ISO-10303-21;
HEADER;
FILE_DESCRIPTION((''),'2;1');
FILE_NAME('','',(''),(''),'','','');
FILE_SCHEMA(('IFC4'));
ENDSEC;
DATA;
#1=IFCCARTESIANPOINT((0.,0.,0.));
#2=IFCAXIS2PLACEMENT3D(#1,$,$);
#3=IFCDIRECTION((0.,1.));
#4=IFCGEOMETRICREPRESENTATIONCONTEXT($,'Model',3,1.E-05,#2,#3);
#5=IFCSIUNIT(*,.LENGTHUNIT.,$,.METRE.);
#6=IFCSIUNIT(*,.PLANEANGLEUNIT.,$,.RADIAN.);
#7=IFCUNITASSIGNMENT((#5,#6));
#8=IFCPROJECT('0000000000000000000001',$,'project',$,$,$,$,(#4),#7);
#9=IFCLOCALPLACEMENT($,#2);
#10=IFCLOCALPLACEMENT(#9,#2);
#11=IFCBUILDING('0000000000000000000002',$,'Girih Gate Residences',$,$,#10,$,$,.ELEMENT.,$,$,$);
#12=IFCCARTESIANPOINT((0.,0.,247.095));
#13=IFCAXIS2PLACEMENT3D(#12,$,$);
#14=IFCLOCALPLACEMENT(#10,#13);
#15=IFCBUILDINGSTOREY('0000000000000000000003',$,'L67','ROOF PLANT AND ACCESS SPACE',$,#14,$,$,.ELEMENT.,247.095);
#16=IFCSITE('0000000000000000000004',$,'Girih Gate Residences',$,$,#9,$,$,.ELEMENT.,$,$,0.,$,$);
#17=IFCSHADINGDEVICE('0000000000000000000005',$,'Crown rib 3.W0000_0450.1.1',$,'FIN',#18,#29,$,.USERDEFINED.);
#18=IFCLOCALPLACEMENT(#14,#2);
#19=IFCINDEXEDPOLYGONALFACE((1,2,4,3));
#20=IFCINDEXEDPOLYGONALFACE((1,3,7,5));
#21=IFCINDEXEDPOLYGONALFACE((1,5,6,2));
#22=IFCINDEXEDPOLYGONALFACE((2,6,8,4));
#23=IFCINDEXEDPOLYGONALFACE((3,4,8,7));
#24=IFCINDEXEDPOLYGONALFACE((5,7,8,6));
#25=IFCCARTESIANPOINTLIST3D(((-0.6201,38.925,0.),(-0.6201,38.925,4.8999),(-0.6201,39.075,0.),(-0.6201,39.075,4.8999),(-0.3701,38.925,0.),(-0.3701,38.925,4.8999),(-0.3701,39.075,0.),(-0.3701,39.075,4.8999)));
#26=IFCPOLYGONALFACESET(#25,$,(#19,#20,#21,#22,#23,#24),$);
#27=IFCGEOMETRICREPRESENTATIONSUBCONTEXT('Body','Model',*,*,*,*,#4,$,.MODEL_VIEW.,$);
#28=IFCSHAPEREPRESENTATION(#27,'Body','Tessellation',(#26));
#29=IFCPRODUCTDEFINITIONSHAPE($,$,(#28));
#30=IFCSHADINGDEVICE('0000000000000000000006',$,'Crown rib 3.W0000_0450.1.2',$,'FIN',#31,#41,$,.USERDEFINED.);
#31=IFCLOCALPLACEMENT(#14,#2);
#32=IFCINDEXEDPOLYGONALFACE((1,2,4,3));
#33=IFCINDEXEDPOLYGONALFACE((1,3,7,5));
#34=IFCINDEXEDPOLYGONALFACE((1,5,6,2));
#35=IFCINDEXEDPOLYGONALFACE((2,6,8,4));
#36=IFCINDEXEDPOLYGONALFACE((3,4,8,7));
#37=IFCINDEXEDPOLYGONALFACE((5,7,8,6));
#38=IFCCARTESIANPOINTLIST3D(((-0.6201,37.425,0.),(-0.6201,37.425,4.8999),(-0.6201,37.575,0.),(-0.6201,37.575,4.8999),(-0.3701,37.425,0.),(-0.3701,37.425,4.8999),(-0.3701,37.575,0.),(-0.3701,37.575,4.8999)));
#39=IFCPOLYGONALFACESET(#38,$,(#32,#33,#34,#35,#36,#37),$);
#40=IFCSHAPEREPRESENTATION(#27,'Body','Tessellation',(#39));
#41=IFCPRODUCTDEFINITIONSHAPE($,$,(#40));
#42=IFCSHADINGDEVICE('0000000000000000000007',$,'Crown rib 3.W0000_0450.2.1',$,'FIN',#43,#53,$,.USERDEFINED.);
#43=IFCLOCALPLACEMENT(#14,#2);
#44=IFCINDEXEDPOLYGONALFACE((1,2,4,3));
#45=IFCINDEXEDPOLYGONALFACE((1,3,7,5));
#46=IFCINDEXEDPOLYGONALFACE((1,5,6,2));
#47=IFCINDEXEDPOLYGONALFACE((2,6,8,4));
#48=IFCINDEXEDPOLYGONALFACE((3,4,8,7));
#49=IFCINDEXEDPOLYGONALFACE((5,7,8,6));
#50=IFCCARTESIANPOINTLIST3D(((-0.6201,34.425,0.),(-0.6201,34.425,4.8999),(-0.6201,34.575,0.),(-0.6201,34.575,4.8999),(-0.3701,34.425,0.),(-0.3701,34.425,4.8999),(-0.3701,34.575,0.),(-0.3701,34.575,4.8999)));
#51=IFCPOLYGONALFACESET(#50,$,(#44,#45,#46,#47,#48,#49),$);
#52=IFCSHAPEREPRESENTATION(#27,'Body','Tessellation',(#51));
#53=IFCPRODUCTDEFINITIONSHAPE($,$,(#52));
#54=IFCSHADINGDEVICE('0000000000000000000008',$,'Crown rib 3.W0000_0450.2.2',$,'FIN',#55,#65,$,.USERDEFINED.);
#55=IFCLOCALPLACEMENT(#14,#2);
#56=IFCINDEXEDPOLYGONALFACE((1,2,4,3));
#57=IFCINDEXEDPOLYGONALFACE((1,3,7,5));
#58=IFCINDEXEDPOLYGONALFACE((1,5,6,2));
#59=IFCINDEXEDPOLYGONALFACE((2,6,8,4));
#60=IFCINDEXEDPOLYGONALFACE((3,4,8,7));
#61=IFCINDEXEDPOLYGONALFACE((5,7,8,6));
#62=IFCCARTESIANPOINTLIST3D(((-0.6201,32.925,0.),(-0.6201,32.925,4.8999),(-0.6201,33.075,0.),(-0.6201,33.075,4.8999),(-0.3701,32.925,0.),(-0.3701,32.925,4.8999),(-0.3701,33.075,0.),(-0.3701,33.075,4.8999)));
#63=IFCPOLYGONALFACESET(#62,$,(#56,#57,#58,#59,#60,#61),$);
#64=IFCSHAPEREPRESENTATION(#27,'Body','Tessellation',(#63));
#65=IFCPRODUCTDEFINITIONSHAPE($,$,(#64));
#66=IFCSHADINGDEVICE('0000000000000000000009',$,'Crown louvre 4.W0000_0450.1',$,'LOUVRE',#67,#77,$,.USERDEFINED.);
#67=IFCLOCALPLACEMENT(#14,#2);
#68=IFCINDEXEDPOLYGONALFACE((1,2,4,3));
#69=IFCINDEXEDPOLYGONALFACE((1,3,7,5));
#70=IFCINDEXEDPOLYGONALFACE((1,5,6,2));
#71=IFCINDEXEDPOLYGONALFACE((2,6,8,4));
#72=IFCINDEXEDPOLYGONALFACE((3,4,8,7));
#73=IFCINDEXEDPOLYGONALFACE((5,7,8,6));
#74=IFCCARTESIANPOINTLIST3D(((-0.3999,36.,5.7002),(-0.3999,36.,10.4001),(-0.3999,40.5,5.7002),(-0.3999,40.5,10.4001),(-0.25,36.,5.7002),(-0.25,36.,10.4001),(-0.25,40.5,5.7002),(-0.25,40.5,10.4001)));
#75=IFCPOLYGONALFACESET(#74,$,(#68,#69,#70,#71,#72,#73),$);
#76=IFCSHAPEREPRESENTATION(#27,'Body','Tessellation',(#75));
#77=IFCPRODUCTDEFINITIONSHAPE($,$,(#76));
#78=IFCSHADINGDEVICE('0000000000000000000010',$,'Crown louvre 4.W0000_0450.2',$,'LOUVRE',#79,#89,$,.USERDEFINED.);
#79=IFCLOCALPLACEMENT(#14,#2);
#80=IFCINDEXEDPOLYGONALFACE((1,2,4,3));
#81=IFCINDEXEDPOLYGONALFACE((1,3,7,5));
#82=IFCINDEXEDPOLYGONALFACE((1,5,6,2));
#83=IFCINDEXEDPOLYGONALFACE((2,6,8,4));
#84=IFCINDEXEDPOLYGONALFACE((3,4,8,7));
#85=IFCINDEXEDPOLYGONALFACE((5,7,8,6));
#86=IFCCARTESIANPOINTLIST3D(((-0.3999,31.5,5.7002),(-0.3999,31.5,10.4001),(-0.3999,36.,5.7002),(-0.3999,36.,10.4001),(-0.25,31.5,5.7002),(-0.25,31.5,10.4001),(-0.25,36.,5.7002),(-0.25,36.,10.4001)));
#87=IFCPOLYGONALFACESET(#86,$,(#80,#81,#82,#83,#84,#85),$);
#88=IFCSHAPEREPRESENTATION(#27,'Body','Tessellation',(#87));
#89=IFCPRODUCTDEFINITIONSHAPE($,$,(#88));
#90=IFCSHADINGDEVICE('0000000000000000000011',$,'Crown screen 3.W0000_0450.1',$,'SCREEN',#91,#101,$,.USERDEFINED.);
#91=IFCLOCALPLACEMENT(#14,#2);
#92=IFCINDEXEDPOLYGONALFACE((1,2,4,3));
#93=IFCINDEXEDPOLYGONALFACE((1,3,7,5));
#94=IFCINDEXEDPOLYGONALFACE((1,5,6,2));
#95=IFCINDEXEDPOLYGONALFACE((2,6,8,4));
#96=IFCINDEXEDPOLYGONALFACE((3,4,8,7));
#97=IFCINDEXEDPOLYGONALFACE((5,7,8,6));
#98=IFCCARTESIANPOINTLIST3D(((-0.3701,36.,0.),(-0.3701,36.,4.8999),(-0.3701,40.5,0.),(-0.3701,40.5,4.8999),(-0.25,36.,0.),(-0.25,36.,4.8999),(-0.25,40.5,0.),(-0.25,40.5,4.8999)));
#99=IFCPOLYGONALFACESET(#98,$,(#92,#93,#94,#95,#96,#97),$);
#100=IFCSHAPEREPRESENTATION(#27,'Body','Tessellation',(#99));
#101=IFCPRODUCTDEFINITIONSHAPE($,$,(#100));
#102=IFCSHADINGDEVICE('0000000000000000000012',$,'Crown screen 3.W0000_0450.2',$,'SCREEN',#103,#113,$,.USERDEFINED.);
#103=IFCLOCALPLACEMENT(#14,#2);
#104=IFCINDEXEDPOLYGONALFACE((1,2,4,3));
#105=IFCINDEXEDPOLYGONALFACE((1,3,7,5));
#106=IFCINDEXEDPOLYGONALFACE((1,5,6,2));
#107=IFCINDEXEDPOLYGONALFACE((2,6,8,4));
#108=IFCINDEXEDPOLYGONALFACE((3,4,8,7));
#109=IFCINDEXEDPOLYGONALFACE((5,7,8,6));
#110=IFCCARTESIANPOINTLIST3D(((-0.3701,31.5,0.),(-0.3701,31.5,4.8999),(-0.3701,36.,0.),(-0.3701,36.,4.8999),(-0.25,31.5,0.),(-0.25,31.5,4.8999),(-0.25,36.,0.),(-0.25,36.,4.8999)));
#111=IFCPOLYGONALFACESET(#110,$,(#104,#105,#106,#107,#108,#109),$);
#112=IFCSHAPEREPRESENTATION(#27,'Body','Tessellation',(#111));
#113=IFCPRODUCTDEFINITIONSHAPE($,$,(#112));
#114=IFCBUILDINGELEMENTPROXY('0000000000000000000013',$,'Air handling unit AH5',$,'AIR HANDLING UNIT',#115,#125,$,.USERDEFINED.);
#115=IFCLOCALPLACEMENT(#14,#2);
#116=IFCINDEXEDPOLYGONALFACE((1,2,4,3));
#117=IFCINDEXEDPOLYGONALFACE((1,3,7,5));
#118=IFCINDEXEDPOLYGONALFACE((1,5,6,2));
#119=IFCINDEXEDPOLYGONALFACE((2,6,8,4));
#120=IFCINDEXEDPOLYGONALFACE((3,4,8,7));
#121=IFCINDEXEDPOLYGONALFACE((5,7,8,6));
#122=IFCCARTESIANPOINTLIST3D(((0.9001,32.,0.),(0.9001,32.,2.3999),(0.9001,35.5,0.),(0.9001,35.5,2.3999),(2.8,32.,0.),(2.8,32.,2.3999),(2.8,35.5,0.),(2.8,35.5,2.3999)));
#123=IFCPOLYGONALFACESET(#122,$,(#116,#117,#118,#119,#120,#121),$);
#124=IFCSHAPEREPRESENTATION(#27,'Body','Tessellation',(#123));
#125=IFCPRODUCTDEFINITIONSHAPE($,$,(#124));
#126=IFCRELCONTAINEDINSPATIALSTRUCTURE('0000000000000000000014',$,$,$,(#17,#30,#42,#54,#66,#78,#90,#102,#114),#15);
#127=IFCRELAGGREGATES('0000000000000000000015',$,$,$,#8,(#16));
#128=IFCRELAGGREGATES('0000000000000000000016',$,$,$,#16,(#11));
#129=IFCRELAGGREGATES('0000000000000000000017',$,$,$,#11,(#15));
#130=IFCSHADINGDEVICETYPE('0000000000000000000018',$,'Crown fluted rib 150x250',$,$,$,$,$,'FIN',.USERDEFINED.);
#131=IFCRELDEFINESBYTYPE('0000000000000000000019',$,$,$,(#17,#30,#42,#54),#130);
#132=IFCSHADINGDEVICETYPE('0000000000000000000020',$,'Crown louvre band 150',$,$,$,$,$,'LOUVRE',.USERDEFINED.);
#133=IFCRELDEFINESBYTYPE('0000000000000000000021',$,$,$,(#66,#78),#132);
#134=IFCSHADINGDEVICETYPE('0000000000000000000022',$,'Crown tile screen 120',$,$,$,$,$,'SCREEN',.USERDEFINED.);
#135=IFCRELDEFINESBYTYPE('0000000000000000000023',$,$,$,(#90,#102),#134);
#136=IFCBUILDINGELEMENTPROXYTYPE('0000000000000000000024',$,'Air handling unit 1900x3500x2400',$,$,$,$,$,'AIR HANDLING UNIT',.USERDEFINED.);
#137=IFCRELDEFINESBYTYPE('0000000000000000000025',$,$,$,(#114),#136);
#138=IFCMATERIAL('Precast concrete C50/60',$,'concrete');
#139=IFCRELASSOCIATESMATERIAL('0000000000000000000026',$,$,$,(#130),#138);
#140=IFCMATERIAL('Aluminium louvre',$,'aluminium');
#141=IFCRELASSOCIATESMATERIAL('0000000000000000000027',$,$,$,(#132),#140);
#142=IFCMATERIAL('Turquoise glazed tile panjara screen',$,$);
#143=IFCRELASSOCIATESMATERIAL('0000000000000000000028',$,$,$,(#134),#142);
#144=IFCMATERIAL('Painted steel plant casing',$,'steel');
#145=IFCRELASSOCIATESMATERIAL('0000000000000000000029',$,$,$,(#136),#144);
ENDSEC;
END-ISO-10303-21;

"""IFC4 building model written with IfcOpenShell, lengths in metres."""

from ifc_helpers import new_model, si_unit, direction, frame, origin, origin_2d, place, context, subcontext, project, spatial, rectangle, extrude, material, type_object, element, save


model = new_model("IFC4")

# Units and contexts
model_context = context("Model", 3, precision=1e-05, world=origin(), true_north=direction((0.0, 1.0)))
body_context = subcontext(model_context, "Body", "Model", "MODEL_VIEW")
ifc_project = project(units=[si_unit("LENGTHUNIT", "METRE"), si_unit("PLANEANGLEUNIT", "RADIAN")], contexts=[model_context])

# Site, building, storey
site_placement = place(None, origin())
site = spatial("IfcSite", under=ifc_project, at=site_placement, Name="Girih Gate Residences", CompositionType="ELEMENT", RefElevation=0.0)
building_placement = place(site_placement, origin())
building = spatial("IfcBuilding", under=site, at=building_placement, Name="Girih Gate Residences", CompositionType="ELEMENT")
storey_placement = place(building_placement, frame((0.0, 0.0, 247.095)))
storey = spatial("IfcBuildingStorey", under=building, at=storey_placement, Name="L67", Description="ROOF PLANT AND ACCESS SPACE", CompositionType="ELEMENT", Elevation=247.095)

# Shading devices
ifc_material_1 = material(Name="Precast concrete C50/60", Category="concrete")
shading_device_type_1 = type_object("IfcShadingDeviceType", Name="Crown fluted rib 150x250", ElementType="FIN", PredefinedType="USERDEFINED", material=ifc_material_1)
for number, where, z_axis, x_axis, name in (
    (1, (-0.4951, 39.0, 0.0), (0.0, 0.0, 1.0), (0.0, -1.0, 0.0), "Crown rib 3.W0000_0450.1.1"),
    (2, (-0.4951, 37.5, 0.0), (0.0, 0.0, 1.0), (0.0, -1.0, 0.0), "Crown rib 3.W0000_0450.1.2"),
    (3, (-0.4951, 34.5, 0.0), (0.0, 0.0, 1.0), (0.0, -1.0, 0.0), "Crown rib 3.W0000_0450.2.1"),
    (4, (-0.4951, 33.0, 0.0), (0.0, 0.0, 1.0), (0.0, -1.0, 0.0), "Crown rib 3.W0000_0450.2.2"),
):
    element("IfcShadingDevice", number, at=place(storey_placement, frame(where, z_axis=z_axis, x_axis=x_axis)), inside=storey, type_object=shading_device_type_1, Name=name, ObjectType="FIN", PredefinedType="USERDEFINED", context=body_context, shape_type="SweptSolid", body=[
        extrude(rectangle(XDim=0.1499, YDim=0.25, at=origin_2d()), origin(), (0.0, 0.0, 1.0), 4.8999),
    ])
ifc_material_2 = material(Name="Aluminium louvre", Category="aluminium")
shading_device_type_2 = type_object("IfcShadingDeviceType", Name="Crown louvre band 150", ElementType="LOUVRE", PredefinedType="USERDEFINED", material=ifc_material_2)
for number, where, z_axis, x_axis, name in (
    (5, (-0.325, 38.25, 5.7002), (0.0, 0.0, 1.0), (0.0, -1.0, 0.0), "Crown louvre 4.W0000_0450.1"),
    (6, (-0.325, 33.75, 5.7002), (0.0, 0.0, 1.0), (0.0, -1.0, 0.0), "Crown louvre 4.W0000_0450.2"),
):
    element("IfcShadingDevice", number, at=place(storey_placement, frame(where, z_axis=z_axis, x_axis=x_axis)), inside=storey, type_object=shading_device_type_2, Name=name, ObjectType="LOUVRE", PredefinedType="USERDEFINED", context=body_context, shape_type="SweptSolid", body=[
        extrude(rectangle(XDim=4.5, YDim=0.1499, at=origin_2d()), origin(), (0.0, 0.0, 1.0), 4.7),
    ])
ifc_material_3 = material(Name="Turquoise glazed tile panjara screen")
shading_device_type_3 = type_object("IfcShadingDeviceType", Name="Crown tile screen 120", ElementType="SCREEN", PredefinedType="USERDEFINED", material=ifc_material_3)
for number, where, z_axis, x_axis, name in (
    (7, (-0.3101, 38.25, 0.0), (0.0, 0.0, 1.0), (0.0, -1.0, 0.0), "Crown screen 3.W0000_0450.1"),
    (8, (-0.3101, 33.75, 0.0), (0.0, 0.0, 1.0), (0.0, -1.0, 0.0), "Crown screen 3.W0000_0450.2"),
):
    element("IfcShadingDevice", number, at=place(storey_placement, frame(where, z_axis=z_axis, x_axis=x_axis)), inside=storey, type_object=shading_device_type_3, Name=name, ObjectType="SCREEN", PredefinedType="USERDEFINED", context=body_context, shape_type="SweptSolid", body=[
        extrude(rectangle(XDim=4.5, YDim=0.1201, at=origin_2d()), origin(), (0.0, 0.0, 1.0), 4.8999),
    ])

# Building element proxy
ifc_material_4 = material(Name="Painted steel plant casing", Category="steel")
building_element_proxy_type = type_object("IfcBuildingElementProxyType", Name="Air handling unit 1900x3500x2400", ElementType="AIR HANDLING UNIT", PredefinedType="USERDEFINED", material=ifc_material_4)
proxy_placement = place(storey_placement, frame((1.8501, 33.75, 0.0), z_axis=(0.0, 0.0, 1.0), x_axis=(1.0, 0.0, 0.0)))
element("IfcBuildingElementProxy", 9, at=proxy_placement, inside=storey, type_object=building_element_proxy_type, Name="Air handling unit AH5", ObjectType="AIR HANDLING UNIT", PredefinedType="USERDEFINED", context=body_context, shape_type="SweptSolid", body=[
    extrude(rectangle(XDim=1.8999, YDim=3.5, at=origin_2d()), origin(), (0.0, 0.0, 1.0), 2.3999),
])

save(model, "model.ifc")
